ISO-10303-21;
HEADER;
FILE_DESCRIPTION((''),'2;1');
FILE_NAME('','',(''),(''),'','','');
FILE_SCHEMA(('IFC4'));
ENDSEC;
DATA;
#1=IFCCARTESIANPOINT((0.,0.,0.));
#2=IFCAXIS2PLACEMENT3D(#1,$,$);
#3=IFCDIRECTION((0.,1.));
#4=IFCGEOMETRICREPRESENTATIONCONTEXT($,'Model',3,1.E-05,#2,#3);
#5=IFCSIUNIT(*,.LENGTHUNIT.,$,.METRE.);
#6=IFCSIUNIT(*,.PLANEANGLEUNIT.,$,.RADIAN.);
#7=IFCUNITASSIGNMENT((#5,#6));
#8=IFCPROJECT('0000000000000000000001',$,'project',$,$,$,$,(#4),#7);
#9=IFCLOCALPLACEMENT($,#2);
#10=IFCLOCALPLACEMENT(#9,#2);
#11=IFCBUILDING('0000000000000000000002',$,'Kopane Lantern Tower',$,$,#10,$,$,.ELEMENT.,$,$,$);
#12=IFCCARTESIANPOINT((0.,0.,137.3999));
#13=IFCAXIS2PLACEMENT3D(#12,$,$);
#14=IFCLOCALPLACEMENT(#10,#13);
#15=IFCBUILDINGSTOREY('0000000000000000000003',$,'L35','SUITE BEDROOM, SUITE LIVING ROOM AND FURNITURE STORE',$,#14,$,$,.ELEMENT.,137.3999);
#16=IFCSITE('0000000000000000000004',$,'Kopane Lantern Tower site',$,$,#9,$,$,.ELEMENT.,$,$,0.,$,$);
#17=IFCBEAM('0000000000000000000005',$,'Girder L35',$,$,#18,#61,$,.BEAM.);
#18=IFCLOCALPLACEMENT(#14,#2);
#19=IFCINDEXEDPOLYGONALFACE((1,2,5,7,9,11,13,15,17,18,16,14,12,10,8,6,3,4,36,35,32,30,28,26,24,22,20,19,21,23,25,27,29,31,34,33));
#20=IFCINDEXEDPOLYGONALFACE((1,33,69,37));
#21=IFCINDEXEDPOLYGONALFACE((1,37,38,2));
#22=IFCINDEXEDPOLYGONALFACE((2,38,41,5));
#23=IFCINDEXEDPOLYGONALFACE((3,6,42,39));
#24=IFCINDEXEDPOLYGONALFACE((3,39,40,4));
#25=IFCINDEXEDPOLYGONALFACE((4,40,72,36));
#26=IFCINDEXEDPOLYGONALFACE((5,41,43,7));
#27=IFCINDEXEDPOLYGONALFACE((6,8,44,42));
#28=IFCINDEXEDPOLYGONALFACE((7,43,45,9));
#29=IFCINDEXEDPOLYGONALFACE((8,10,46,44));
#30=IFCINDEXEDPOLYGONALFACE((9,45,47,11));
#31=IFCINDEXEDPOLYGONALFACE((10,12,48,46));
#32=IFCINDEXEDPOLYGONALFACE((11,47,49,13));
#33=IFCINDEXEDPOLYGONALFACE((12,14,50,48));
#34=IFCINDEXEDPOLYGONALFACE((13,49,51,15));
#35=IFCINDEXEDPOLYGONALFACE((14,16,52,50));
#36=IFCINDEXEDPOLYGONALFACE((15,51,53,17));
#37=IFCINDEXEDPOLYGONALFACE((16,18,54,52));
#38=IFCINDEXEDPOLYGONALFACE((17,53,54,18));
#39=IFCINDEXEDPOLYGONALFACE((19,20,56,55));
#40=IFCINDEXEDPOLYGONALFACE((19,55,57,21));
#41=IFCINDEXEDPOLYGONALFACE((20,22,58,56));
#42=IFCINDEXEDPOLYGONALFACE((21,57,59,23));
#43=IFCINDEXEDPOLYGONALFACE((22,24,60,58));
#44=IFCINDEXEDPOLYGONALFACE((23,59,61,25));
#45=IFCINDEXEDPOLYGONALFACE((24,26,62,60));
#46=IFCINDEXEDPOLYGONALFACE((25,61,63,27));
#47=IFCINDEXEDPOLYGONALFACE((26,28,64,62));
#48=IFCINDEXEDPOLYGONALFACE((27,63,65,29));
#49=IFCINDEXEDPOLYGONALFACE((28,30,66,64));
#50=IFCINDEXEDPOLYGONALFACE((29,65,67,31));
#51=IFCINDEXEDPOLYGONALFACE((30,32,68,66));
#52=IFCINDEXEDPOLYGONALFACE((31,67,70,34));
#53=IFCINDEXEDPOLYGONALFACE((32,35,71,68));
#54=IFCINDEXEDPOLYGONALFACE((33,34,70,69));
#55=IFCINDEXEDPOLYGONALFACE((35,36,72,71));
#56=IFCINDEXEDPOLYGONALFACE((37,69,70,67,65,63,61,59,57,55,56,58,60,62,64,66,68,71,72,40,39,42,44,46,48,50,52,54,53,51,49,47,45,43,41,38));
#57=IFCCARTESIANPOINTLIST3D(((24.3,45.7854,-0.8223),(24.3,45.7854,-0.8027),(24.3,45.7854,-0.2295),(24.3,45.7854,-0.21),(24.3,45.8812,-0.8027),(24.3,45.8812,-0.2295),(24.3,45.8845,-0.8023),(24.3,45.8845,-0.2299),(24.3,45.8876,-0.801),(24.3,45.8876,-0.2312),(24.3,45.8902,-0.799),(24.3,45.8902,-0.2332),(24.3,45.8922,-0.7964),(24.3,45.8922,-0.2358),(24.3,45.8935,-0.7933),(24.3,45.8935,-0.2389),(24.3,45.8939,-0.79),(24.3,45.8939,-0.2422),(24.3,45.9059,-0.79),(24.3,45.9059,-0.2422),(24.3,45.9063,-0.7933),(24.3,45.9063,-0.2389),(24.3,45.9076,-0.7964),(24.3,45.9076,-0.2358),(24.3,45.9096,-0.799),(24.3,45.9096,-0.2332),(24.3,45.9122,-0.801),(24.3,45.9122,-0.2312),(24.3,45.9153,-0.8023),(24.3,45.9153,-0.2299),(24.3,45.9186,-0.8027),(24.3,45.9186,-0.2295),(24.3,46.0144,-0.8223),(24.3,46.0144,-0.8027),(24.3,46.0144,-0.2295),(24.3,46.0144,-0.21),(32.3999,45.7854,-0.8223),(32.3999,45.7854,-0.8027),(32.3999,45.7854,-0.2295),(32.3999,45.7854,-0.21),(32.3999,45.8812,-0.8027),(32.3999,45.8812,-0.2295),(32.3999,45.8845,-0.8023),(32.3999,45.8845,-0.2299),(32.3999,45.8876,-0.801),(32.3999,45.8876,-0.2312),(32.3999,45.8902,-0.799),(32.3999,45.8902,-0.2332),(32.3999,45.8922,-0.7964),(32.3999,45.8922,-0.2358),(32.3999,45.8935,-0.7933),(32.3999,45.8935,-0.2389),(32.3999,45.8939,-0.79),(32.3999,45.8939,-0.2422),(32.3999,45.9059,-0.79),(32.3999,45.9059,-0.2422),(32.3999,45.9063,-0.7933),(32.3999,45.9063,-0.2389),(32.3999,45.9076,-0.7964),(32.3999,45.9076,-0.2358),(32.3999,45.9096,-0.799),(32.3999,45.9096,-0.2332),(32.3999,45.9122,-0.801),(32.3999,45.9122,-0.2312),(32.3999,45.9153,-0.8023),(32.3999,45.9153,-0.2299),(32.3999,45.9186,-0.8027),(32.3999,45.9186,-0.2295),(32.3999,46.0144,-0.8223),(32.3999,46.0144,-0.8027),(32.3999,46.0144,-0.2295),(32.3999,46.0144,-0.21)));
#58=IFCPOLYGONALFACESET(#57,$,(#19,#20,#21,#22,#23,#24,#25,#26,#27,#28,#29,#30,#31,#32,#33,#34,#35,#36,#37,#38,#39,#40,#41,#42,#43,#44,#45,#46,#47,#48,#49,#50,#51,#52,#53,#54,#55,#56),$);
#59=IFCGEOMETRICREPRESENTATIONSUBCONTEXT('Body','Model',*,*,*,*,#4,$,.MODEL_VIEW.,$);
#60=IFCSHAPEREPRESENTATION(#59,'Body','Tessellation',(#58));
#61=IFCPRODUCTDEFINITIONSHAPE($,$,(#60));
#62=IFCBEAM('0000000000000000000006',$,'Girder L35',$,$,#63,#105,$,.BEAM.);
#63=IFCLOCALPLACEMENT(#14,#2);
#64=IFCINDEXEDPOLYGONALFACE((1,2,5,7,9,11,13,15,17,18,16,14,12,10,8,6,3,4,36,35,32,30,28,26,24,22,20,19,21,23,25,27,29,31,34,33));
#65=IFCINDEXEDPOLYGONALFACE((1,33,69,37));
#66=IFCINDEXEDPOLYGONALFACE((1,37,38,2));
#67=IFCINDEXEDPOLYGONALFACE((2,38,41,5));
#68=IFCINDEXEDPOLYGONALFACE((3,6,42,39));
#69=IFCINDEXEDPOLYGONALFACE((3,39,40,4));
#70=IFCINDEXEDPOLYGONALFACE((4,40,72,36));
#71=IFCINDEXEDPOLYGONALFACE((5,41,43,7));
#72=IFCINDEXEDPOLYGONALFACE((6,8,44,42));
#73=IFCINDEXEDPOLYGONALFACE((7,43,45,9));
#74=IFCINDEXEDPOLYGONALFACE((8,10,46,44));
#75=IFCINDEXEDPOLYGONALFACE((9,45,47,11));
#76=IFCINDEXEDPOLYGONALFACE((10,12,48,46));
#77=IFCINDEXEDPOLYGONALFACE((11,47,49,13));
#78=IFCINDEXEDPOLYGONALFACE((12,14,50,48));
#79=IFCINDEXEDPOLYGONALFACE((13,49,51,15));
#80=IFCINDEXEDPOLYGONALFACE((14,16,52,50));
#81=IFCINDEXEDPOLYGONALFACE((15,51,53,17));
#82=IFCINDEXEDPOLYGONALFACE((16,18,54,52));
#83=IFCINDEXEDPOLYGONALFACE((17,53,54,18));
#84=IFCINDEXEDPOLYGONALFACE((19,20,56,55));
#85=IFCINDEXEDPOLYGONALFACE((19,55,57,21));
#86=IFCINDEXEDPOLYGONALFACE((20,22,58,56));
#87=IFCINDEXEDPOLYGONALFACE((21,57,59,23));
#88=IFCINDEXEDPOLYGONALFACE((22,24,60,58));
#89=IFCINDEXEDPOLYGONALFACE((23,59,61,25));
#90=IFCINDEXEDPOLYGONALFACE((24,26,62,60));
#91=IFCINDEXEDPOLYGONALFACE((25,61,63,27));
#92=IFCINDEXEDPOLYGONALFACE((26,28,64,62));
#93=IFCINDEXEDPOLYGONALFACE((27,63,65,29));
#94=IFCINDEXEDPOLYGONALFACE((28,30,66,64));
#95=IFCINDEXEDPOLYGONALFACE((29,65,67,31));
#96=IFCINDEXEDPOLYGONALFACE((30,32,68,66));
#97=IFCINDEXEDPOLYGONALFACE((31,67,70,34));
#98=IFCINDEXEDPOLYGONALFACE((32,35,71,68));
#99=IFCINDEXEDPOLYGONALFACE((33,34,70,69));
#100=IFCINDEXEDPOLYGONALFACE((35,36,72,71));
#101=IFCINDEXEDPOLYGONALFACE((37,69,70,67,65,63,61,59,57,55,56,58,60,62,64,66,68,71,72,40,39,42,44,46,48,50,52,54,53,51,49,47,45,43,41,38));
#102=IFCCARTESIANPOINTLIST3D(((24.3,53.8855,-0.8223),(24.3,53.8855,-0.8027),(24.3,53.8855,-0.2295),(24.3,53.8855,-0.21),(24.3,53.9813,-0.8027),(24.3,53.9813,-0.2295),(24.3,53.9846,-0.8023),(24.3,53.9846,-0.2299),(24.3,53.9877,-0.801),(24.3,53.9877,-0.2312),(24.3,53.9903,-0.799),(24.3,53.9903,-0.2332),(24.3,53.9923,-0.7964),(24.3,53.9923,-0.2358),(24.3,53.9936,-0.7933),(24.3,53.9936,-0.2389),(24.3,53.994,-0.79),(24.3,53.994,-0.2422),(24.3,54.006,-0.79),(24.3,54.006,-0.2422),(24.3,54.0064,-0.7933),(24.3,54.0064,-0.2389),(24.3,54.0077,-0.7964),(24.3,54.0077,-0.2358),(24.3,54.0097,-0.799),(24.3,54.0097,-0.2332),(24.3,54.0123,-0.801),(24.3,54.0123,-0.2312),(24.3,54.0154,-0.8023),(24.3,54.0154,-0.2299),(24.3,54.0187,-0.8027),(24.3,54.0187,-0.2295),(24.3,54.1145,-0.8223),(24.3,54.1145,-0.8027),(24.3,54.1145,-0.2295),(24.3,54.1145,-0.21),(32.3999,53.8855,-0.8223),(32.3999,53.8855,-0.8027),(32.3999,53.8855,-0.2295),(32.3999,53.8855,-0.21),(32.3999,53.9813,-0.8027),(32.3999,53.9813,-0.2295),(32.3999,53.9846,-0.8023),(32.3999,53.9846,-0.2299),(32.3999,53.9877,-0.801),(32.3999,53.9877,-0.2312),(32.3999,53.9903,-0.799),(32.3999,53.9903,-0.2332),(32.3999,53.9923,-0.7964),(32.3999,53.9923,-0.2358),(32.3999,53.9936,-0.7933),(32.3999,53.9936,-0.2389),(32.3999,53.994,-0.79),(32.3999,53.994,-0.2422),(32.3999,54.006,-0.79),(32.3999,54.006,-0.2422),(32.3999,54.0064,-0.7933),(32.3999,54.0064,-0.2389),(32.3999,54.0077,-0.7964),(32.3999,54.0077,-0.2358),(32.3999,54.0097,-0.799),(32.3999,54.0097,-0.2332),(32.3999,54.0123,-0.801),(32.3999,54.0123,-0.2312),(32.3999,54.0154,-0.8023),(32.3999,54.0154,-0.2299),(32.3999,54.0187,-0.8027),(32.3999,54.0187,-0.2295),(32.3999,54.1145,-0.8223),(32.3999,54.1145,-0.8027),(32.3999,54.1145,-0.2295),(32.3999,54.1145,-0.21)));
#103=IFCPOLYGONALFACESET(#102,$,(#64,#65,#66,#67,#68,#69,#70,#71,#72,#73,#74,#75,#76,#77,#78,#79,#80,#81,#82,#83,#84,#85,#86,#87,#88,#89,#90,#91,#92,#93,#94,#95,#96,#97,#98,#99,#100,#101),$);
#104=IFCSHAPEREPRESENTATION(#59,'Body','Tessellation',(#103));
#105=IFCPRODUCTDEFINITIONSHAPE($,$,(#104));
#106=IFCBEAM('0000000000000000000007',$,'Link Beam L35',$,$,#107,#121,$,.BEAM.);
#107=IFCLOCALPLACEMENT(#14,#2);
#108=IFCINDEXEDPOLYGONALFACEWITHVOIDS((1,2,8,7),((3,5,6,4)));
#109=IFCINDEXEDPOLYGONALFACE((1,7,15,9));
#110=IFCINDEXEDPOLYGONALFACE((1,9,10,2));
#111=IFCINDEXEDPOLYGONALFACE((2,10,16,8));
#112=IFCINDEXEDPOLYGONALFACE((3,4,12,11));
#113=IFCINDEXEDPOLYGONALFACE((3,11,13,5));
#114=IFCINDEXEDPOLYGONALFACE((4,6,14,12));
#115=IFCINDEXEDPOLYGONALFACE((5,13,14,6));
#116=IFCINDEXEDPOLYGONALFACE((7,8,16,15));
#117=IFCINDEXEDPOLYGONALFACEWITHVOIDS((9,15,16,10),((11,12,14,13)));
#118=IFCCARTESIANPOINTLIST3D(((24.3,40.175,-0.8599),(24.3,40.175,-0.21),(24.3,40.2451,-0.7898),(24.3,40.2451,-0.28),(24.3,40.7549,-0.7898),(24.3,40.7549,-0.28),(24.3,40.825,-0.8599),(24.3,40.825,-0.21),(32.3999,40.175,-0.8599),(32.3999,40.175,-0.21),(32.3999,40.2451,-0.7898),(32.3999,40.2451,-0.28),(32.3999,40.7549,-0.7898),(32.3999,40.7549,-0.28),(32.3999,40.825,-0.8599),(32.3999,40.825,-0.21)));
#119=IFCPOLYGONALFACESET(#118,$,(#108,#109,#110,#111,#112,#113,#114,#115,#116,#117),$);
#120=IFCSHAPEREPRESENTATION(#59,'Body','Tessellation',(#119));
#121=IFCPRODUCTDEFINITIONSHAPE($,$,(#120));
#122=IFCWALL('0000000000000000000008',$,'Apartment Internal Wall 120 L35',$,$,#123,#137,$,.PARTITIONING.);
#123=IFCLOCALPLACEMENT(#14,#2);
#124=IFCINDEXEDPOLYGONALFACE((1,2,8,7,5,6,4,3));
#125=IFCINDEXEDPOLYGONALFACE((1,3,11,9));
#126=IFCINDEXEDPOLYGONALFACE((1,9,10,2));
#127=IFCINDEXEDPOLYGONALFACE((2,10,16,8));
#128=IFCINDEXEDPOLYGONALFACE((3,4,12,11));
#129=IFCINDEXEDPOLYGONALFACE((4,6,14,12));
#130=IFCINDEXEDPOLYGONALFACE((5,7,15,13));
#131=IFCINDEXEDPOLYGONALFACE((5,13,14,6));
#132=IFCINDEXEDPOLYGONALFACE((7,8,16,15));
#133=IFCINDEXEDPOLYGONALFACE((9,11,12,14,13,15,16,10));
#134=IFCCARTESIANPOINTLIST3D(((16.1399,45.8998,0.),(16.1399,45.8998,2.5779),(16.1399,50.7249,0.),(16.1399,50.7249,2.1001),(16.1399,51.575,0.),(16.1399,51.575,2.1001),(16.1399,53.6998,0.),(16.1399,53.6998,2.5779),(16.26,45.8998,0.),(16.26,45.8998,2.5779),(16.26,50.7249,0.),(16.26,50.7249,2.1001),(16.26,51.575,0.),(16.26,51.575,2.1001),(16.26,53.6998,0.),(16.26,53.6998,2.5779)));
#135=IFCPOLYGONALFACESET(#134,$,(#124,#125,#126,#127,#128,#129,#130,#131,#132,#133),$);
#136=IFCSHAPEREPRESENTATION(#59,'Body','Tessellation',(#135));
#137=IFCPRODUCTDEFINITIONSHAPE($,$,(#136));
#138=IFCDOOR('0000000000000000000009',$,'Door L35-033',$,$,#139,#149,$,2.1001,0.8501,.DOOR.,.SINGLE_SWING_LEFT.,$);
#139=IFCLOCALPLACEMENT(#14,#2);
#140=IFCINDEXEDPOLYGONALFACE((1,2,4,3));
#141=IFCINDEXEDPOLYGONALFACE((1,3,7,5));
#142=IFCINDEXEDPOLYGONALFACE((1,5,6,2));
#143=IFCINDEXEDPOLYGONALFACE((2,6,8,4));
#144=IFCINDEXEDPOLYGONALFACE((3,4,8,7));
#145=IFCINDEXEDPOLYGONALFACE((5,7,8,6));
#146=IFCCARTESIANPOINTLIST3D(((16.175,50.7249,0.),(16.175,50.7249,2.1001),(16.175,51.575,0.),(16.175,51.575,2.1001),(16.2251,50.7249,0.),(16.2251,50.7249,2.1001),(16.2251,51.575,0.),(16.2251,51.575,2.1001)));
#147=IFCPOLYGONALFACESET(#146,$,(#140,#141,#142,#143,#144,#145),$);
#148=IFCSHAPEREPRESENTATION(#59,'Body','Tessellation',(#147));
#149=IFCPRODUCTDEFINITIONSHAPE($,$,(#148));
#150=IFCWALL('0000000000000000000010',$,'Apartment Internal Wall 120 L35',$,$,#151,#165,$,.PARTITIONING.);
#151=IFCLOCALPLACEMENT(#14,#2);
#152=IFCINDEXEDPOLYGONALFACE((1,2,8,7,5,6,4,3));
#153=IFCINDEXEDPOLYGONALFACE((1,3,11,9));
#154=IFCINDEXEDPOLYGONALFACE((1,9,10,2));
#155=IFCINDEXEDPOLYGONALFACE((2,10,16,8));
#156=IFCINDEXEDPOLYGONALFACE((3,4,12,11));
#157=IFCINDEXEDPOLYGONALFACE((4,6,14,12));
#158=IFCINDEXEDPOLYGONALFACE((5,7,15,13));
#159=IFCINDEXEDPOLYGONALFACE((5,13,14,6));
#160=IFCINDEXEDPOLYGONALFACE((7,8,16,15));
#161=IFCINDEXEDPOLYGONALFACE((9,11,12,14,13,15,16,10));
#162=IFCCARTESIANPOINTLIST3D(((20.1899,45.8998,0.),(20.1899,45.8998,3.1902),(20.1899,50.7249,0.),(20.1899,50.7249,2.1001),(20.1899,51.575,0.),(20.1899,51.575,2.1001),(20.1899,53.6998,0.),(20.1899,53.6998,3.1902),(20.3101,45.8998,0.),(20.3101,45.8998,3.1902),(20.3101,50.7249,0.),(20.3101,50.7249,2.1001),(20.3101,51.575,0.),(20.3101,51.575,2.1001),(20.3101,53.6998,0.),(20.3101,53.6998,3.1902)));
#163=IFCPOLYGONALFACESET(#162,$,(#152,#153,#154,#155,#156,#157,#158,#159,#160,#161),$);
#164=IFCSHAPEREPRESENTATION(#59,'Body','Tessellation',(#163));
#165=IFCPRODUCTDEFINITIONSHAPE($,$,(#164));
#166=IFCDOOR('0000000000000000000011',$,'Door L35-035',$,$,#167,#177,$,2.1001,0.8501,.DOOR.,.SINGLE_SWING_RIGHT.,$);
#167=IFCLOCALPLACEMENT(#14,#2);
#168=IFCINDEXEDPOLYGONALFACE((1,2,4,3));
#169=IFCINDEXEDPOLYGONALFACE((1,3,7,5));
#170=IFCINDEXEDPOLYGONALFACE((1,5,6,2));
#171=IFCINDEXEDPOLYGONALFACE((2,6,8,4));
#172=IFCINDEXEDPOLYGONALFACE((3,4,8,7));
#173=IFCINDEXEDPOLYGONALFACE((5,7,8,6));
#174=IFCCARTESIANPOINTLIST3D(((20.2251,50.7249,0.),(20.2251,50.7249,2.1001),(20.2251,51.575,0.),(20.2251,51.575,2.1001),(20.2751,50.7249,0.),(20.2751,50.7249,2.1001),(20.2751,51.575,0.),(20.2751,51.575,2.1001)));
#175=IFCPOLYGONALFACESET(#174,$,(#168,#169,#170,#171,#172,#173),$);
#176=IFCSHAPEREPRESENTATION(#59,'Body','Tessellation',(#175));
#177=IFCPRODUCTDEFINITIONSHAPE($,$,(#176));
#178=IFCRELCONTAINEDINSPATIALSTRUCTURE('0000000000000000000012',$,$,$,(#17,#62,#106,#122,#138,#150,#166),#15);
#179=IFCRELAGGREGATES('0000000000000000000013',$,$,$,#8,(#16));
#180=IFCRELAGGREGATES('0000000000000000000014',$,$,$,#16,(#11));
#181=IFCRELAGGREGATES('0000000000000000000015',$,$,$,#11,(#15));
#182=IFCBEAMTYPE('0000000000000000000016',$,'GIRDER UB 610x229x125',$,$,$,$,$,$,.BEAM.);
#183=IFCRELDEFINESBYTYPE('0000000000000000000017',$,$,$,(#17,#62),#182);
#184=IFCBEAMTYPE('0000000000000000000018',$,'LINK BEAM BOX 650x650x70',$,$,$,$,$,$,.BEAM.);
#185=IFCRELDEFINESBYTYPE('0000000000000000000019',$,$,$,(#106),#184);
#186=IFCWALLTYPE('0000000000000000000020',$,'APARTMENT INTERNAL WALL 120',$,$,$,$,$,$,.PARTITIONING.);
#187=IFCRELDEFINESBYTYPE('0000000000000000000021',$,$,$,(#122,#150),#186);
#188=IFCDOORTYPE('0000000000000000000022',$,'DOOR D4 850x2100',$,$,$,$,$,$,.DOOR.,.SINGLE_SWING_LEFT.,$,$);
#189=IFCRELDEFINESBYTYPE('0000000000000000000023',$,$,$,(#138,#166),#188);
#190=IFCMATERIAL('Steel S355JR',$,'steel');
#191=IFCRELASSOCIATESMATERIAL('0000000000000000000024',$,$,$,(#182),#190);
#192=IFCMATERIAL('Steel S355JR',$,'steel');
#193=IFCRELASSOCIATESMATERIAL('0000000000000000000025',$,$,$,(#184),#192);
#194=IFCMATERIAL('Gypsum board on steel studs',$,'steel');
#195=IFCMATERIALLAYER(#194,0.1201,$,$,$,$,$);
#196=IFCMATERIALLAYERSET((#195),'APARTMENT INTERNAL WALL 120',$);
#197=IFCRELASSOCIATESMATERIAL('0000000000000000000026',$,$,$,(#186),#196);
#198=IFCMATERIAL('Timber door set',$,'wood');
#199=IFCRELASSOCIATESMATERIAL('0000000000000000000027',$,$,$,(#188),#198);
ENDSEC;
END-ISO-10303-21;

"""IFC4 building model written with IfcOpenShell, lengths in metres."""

from ifc_helpers import new_model, si_unit, direction, frame, frame_2d, origin, origin_2d, place, context, subcontext, project, spatial, rectangle, hollow_rectangle, i_section, extrude, material, layer, layer_set, material_profile, profile_set, type_object, element, fill, save


model = new_model("IFC4")

# Units and contexts
model_context = context("Model", 3, precision=1e-05, world=origin(), true_north=direction((0.0, 1.0)))
body_context = subcontext(model_context, "Body", "Model", "MODEL_VIEW")
ifc_project = project(units=[si_unit("LENGTHUNIT", "METRE"), si_unit("PLANEANGLEUNIT", "RADIAN")], contexts=[model_context])

# Site, building, storey
site_placement = place(None, origin())
site = spatial("IfcSite", under=ifc_project, at=site_placement, Name="Kopane Lantern Tower site", CompositionType="ELEMENT", RefElevation=0.0)
building_placement = place(site_placement, origin())
building = spatial("IfcBuilding", under=site, at=building_placement, Name="Kopane Lantern Tower", CompositionType="ELEMENT")
storey_placement = place(building_placement, frame((0.0, 0.0, 137.3999)))
storey = spatial("IfcBuildingStorey", under=building, at=storey_placement, Name="L35", Description="SUITE BEDROOM, SUITE LIVING ROOM AND FURNITURE STORE", CompositionType="ELEMENT", Elevation=137.3999)

# Beams
ifc_material_1 = material(Name="Steel S355JR", Category="steel")
ifc_material_profile_1 = material_profile(ifc_material_1, i_section(OverallWidth=0.229, OverallDepth=0.6123, WebThickness=0.012, FlangeThickness=0.0195, FilletRadius=0.0127, at=origin_2d()), Name="UB 610x229x125")
ifc_profile_set_1 = profile_set([ifc_material_profile_1], Name="Steel S355JR")
beam_type_1 = type_object("IfcBeamType", Name="GIRDER UB 610x229x125", PredefinedType="BEAM", material=ifc_profile_set_1)
for number, where, z_axis, x_axis, name in (
    (1, (24.3, 45.8999, -0.5161), (1.0, 0.0, 0.0), (0.0, 1.0, 0.0), "Girder L35"),
    (2, (24.3, 54.0, -0.5161), (1.0, 0.0, 0.0), (0.0, 1.0, 0.0), "Girder L35"),
):
    element("IfcBeam", number, at=place(storey_placement, frame(where, z_axis=z_axis, x_axis=x_axis)), inside=storey, type_object=beam_type_1, Name=name, PredefinedType="BEAM", context=body_context, shape_type="SweptSolid", body=[
        extrude(i_section(OverallWidth=0.229, OverallDepth=0.6123, WebThickness=0.012, FlangeThickness=0.0195, FilletRadius=0.0127, at=origin_2d()), origin(), (0.0, 0.0, 1.0), 8.0999),
    ])
ifc_material_2 = material(Name="Steel S355JR", Category="steel")
ifc_material_profile_2 = material_profile(ifc_material_2, hollow_rectangle(XDim=0.6499, YDim=0.6499, WallThickness=0.0701, at=origin_2d()), Name="BOX 650x650x70")
ifc_profile_set_2 = profile_set([ifc_material_profile_2], Name="Steel S355JR")
beam_type_2 = type_object("IfcBeamType", Name="LINK BEAM BOX 650x650x70", PredefinedType="BEAM", material=ifc_profile_set_2)
beam_1_placement = place(storey_placement, frame((24.3, 40.5, -0.5349), z_axis=(1.0, 0.0, 0.0), x_axis=(0.0, 1.0, 0.0)))
element("IfcBeam", 3, at=beam_1_placement, inside=storey, type_object=beam_type_2, Name="Link Beam L35", PredefinedType="BEAM", context=body_context, shape_type="SweptSolid", body=[
    extrude(hollow_rectangle(XDim=0.6499, YDim=0.6499, WallThickness=0.0701, at=origin_2d()), origin(), (0.0, 0.0, 1.0), 8.0999),
])

# Walls, openings, doors
ifc_material_3 = material(Name="Gypsum board on steel studs", Category="steel")
ifc_layer_1 = layer(ifc_material_3, 0.1201)
ifc_layer_set_1 = layer_set([ifc_layer_1], Name="APARTMENT INTERNAL WALL 120")
wall_type_1 = type_object("IfcWallType", Name="APARTMENT INTERNAL WALL 120", PredefinedType="PARTITIONING", material=ifc_layer_set_1)
wall_1_placement = place(storey_placement, frame((16.2, 45.8999, 0.0), z_axis=(0.0, 0.0, 1.0), x_axis=(0.0, 1.0, 0.0)))
wall_1 = element("IfcWall", 4, at=wall_1_placement, inside=storey, type_object=wall_type_1, Name="Apartment Internal Wall 120 L35", PredefinedType="PARTITIONING", context=body_context, shape_type="SweptSolid", body=[
    extrude(rectangle(XDim=7.8, YDim=0.1201, at=frame_2d((3.8999, 0.0))), origin(), (0.0, 0.0, 1.0), 2.5779),
])
opening_1_placement = place(wall_1_placement, frame((4.825, 0.0, 0.0)))
opening_1 = element("IfcOpeningElement", 5, at=opening_1_placement, cuts=wall_1, PredefinedType="OPENING", context=body_context, shape_type="SweptSolid", body=[
    extrude(rectangle(XDim=0.8501, YDim=2.1001, at=frame_2d((0.425, 1.05))), frame((0.0, 0.0701, 0.0), z_axis=(0.0, -1.0, 0.0), x_axis=(1.0, 0.0, 0.0)), (0.0, 0.0, 1.0), 0.1401),
])
ifc_material_4 = material(Name="Timber door set", Category="wood")
door_type_1 = type_object("IfcDoorType", Name="DOOR D4 850x2100", OperationType="SINGLE_SWING_LEFT", PredefinedType="DOOR", material=ifc_material_4)
door_1_placement = place(opening_1_placement, origin())
door_1 = element("IfcDoor", 6, at=door_1_placement, inside=storey, type_object=door_type_1, Name="Door L35-033", OperationType="SINGLE_SWING_LEFT", OverallHeight=2.1001, OverallWidth=0.8501, PredefinedType="DOOR", context=body_context, shape_type="SweptSolid", body=[
    extrude(rectangle(XDim=0.8501, YDim=2.1001, at=frame_2d((0.425, 1.05))), frame((0.0, 0.0249, 0.0), z_axis=(0.0, -1.0, 0.0), x_axis=(1.0, 0.0, 0.0)), (0.0, 0.0, 1.0), 0.05),
])
fill(opening_1, door_1)
wall_2_placement = place(storey_placement, frame((20.25, 45.8999, 0.0), z_axis=(0.0, 0.0, 1.0), x_axis=(0.0, 1.0, 0.0)))
wall_2 = element("IfcWall", 7, at=wall_2_placement, inside=storey, type_object=wall_type_1, Name="Apartment Internal Wall 120 L35", PredefinedType="PARTITIONING", context=body_context, shape_type="SweptSolid", body=[
    extrude(rectangle(XDim=7.8, YDim=0.1201, at=frame_2d((3.8999, 0.0))), origin(), (0.0, 0.0, 1.0), 3.1902),
])
opening_2_placement = place(wall_2_placement, frame((4.825, 0.0, 0.0)))
opening_2 = element("IfcOpeningElement", 8, at=opening_2_placement, cuts=wall_2, PredefinedType="OPENING", context=body_context, shape_type="SweptSolid", body=[
    extrude(rectangle(XDim=0.8501, YDim=2.1001, at=frame_2d((0.425, 1.05))), frame((0.0, 0.0701, 0.0), z_axis=(0.0, -1.0, 0.0), x_axis=(1.0, 0.0, 0.0)), (0.0, 0.0, 1.0), 0.1401),
])
door_2_placement = place(opening_2_placement, origin())
door_2 = element("IfcDoor", 9, at=door_2_placement, inside=storey, type_object=door_type_1, Name="Door L35-035", OperationType="SINGLE_SWING_RIGHT", OverallHeight=2.1001, OverallWidth=0.8501, PredefinedType="DOOR", context=body_context, shape_type="SweptSolid", body=[
    extrude(rectangle(XDim=0.8501, YDim=2.1001, at=frame_2d((0.425, 1.05))), frame((0.0, 0.0249, 0.0), z_axis=(0.0, -1.0, 0.0), x_axis=(1.0, 0.0, 0.0)), (0.0, 0.0, 1.0), 0.05),
])
fill(opening_2, door_2)

save(model, "model.ifc")
